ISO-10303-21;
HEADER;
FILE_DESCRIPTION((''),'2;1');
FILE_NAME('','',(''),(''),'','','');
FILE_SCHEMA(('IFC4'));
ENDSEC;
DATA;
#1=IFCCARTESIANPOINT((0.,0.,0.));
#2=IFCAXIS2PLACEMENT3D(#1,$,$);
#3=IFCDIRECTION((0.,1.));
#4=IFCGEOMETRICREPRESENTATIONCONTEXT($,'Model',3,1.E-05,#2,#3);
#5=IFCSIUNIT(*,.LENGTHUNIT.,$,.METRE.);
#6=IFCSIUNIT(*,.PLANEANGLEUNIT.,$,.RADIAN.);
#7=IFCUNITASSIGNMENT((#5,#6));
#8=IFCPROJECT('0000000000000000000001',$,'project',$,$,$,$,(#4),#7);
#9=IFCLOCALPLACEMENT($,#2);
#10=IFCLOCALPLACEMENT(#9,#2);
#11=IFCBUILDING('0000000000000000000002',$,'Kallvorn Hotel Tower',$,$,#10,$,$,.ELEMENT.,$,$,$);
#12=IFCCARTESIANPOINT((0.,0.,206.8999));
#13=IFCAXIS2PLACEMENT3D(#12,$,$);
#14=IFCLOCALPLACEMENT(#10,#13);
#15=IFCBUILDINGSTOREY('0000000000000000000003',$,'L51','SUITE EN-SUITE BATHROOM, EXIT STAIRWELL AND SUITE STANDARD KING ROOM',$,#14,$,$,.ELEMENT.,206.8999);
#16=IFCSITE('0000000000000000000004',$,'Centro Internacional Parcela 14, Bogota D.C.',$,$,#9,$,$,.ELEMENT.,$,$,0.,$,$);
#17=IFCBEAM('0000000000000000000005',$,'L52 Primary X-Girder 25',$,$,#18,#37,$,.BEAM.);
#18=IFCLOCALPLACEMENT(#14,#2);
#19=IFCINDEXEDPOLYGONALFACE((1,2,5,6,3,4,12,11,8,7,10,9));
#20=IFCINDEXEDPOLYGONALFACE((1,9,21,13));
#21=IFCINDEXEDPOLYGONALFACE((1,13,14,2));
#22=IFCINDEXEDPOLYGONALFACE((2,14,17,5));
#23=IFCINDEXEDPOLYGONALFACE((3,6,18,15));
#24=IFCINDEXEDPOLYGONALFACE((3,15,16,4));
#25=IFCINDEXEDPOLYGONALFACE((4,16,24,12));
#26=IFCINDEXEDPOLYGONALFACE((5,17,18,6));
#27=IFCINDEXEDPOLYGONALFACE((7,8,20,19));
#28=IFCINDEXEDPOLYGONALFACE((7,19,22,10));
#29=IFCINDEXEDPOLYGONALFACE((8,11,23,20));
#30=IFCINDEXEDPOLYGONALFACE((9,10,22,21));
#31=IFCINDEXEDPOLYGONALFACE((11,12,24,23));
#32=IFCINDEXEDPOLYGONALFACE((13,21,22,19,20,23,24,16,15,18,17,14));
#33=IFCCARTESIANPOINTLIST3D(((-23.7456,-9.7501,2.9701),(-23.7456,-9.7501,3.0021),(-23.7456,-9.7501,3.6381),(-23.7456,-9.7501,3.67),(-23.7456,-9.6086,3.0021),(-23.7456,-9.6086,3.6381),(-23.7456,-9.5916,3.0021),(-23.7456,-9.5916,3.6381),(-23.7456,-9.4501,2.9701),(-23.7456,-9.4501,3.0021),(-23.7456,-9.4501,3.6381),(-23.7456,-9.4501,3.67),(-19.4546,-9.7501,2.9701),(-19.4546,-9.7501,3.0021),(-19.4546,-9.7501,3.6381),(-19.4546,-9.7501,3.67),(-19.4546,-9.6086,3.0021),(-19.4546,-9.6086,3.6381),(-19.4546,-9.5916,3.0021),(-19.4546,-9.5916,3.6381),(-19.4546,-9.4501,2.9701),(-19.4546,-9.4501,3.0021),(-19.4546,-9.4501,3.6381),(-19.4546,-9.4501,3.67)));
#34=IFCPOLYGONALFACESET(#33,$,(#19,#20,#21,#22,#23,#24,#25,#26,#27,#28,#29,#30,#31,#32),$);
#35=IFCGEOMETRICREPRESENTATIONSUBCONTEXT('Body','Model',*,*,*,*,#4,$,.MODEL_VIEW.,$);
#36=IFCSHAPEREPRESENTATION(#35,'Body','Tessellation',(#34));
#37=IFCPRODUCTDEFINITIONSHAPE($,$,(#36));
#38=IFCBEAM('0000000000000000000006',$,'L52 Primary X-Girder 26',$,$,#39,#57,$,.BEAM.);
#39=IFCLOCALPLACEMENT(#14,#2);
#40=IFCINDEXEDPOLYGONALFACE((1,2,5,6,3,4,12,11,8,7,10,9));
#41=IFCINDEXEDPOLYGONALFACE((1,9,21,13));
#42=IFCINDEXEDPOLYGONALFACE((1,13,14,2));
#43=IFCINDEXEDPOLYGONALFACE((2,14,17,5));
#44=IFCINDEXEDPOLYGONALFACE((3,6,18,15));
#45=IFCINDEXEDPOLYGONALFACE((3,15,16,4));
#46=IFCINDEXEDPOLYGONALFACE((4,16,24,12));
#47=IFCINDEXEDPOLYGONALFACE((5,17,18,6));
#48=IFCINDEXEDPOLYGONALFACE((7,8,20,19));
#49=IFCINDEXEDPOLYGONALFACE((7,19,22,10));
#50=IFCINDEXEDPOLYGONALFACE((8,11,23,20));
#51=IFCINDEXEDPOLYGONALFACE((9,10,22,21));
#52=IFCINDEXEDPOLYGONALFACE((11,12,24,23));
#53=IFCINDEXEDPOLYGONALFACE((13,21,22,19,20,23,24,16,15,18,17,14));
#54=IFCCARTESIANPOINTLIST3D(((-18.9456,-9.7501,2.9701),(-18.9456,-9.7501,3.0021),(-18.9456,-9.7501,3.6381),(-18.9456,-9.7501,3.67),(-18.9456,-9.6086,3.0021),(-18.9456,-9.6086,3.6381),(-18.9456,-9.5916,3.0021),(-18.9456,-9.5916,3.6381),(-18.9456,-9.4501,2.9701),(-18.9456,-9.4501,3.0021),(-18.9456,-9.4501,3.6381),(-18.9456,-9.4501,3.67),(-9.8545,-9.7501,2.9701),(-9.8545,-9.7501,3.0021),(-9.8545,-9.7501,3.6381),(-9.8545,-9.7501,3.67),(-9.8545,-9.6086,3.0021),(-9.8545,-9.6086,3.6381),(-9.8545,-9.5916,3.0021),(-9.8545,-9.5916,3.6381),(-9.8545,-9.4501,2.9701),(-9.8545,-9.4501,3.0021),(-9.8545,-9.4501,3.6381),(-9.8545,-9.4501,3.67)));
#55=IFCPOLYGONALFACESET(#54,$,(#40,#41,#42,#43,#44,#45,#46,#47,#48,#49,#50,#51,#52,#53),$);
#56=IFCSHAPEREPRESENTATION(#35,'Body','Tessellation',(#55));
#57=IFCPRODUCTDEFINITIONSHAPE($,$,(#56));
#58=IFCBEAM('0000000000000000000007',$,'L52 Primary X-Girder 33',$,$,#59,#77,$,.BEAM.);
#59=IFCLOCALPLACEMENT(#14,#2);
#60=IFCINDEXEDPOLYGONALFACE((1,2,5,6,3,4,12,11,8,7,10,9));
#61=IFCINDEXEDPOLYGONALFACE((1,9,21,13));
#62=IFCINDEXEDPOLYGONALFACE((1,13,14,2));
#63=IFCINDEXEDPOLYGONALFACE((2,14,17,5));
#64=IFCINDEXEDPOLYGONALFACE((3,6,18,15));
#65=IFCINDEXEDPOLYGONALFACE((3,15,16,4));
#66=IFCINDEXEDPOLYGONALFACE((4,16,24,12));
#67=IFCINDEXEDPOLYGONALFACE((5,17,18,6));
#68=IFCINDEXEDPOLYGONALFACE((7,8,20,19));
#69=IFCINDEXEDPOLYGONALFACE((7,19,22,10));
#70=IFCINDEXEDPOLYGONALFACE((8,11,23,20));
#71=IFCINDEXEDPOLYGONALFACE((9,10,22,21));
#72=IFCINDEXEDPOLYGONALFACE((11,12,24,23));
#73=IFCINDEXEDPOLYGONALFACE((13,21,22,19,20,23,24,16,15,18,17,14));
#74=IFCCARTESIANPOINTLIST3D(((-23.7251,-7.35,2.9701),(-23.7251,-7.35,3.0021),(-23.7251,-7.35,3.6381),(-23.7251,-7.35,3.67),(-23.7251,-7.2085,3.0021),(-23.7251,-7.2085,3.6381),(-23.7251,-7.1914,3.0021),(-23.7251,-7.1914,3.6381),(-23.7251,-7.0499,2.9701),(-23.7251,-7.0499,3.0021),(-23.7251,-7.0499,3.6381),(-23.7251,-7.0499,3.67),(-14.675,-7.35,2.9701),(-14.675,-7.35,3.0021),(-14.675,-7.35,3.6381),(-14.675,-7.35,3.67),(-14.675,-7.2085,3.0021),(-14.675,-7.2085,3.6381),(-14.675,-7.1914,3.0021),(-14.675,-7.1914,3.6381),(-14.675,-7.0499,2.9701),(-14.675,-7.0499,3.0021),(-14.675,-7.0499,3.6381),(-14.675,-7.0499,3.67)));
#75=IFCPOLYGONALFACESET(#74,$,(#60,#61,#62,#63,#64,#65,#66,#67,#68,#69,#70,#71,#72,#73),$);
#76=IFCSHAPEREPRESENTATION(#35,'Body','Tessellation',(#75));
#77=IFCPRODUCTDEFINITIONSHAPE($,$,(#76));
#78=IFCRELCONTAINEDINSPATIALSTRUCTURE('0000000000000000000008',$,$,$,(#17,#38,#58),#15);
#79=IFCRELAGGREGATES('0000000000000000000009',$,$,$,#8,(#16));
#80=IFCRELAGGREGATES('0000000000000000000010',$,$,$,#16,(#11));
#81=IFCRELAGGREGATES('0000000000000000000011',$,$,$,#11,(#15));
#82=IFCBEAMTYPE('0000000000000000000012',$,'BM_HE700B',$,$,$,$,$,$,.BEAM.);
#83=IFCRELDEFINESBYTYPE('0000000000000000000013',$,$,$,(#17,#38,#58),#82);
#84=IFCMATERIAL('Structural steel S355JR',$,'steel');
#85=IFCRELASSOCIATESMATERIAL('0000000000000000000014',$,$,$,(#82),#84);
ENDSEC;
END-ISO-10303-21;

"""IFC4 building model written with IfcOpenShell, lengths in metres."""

from ifc_helpers import new_model, si_unit, direction, frame, origin, origin_2d, place, context, subcontext, project, spatial, i_section, extrude, material, material_profile, profile_set, type_object, element, save


model = new_model("IFC4")

# Units and contexts
model_context = context("Model", 3, precision=1e-05, world=origin(), true_north=direction((0.0, 1.0)))
body_context = subcontext(model_context, "Body", "Model", "MODEL_VIEW")
ifc_project = project(units=[si_unit("LENGTHUNIT", "METRE"), si_unit("PLANEANGLEUNIT", "RADIAN")], contexts=[model_context])

# Site, building, storey
site_placement = place(None, origin())
site = spatial("IfcSite", under=ifc_project, at=site_placement, Name="Centro Internacional Parcela 14, Bogota D.C.", CompositionType="ELEMENT", RefElevation=0.0)
building_placement = place(site_placement, origin())
building = spatial("IfcBuilding", under=site, at=building_placement, Name="Kallvorn Hotel Tower", CompositionType="ELEMENT")
storey_placement = place(building_placement, frame((0.0, 0.0, 206.8999)))
storey = spatial("IfcBuildingStorey", under=building, at=storey_placement, Name="L51", Description="SUITE EN-SUITE BATHROOM, EXIT STAIRWELL AND SUITE STANDARD KING ROOM", CompositionType="ELEMENT", Elevation=206.8999)

# Beams
ifc_material_1 = material(Name="Structural steel S355JR", Category="steel")
ifc_material_profile_1 = material_profile(ifc_material_1, i_section(OverallWidth=0.3, OverallDepth=0.7, WebThickness=0.0171, FlangeThickness=0.032, at=origin_2d()), Name="HE 700 B")
ifc_profile_set_1 = profile_set([ifc_material_profile_1], Name="Structural steel S355JR")
beam_type_1 = type_object("IfcBeamType", Name="BM_HE700B", PredefinedType="BEAM", material=ifc_profile_set_1)
beam_1_placement = place(storey_placement, frame((-23.7456, -9.6001, 3.3201), z_axis=(1.0, 0.0, 0.0), x_axis=(0.0, 1.0, 0.0)))
element("IfcBeam", 1, at=beam_1_placement, inside=storey, type_object=beam_type_1, Name="L52 Primary X-Girder 25", PredefinedType="BEAM", context=body_context, shape_type="SweptSolid", body=[
    extrude(i_section(OverallWidth=0.3, OverallDepth=0.7, WebThickness=0.0171, FlangeThickness=0.032, at=origin_2d()), origin(), (0.0, 0.0, 1.0), 4.291),
])
beam_2_placement = place(storey_placement, frame((-18.9456, -9.6001, 3.3201), z_axis=(1.0, 0.0, 0.0), x_axis=(0.0, 1.0, 0.0)))
element("IfcBeam", 2, at=beam_2_placement, inside=storey, type_object=beam_type_1, Name="L52 Primary X-Girder 26", PredefinedType="BEAM", context=body_context, shape_type="SweptSolid", body=[
    extrude(i_section(OverallWidth=0.3, OverallDepth=0.7, WebThickness=0.0171, FlangeThickness=0.032, at=origin_2d()), origin(), (0.0, 0.0, 1.0), 9.0911),
])
beam_3_placement = place(storey_placement, frame((-23.7251, -7.2, 3.3201), z_axis=(1.0, 0.0, 0.0), x_axis=(0.0, 1.0, 0.0)))
element("IfcBeam", 3, at=beam_3_placement, inside=storey, type_object=beam_type_1, Name="L52 Primary X-Girder 33", PredefinedType="BEAM", context=body_context, shape_type="SweptSolid", body=[
    extrude(i_section(OverallWidth=0.3, OverallDepth=0.7, WebThickness=0.0171, FlangeThickness=0.032, at=origin_2d()), origin(), (0.0, 0.0, 1.0), 9.05),
])

save(model, "model.ifc")
